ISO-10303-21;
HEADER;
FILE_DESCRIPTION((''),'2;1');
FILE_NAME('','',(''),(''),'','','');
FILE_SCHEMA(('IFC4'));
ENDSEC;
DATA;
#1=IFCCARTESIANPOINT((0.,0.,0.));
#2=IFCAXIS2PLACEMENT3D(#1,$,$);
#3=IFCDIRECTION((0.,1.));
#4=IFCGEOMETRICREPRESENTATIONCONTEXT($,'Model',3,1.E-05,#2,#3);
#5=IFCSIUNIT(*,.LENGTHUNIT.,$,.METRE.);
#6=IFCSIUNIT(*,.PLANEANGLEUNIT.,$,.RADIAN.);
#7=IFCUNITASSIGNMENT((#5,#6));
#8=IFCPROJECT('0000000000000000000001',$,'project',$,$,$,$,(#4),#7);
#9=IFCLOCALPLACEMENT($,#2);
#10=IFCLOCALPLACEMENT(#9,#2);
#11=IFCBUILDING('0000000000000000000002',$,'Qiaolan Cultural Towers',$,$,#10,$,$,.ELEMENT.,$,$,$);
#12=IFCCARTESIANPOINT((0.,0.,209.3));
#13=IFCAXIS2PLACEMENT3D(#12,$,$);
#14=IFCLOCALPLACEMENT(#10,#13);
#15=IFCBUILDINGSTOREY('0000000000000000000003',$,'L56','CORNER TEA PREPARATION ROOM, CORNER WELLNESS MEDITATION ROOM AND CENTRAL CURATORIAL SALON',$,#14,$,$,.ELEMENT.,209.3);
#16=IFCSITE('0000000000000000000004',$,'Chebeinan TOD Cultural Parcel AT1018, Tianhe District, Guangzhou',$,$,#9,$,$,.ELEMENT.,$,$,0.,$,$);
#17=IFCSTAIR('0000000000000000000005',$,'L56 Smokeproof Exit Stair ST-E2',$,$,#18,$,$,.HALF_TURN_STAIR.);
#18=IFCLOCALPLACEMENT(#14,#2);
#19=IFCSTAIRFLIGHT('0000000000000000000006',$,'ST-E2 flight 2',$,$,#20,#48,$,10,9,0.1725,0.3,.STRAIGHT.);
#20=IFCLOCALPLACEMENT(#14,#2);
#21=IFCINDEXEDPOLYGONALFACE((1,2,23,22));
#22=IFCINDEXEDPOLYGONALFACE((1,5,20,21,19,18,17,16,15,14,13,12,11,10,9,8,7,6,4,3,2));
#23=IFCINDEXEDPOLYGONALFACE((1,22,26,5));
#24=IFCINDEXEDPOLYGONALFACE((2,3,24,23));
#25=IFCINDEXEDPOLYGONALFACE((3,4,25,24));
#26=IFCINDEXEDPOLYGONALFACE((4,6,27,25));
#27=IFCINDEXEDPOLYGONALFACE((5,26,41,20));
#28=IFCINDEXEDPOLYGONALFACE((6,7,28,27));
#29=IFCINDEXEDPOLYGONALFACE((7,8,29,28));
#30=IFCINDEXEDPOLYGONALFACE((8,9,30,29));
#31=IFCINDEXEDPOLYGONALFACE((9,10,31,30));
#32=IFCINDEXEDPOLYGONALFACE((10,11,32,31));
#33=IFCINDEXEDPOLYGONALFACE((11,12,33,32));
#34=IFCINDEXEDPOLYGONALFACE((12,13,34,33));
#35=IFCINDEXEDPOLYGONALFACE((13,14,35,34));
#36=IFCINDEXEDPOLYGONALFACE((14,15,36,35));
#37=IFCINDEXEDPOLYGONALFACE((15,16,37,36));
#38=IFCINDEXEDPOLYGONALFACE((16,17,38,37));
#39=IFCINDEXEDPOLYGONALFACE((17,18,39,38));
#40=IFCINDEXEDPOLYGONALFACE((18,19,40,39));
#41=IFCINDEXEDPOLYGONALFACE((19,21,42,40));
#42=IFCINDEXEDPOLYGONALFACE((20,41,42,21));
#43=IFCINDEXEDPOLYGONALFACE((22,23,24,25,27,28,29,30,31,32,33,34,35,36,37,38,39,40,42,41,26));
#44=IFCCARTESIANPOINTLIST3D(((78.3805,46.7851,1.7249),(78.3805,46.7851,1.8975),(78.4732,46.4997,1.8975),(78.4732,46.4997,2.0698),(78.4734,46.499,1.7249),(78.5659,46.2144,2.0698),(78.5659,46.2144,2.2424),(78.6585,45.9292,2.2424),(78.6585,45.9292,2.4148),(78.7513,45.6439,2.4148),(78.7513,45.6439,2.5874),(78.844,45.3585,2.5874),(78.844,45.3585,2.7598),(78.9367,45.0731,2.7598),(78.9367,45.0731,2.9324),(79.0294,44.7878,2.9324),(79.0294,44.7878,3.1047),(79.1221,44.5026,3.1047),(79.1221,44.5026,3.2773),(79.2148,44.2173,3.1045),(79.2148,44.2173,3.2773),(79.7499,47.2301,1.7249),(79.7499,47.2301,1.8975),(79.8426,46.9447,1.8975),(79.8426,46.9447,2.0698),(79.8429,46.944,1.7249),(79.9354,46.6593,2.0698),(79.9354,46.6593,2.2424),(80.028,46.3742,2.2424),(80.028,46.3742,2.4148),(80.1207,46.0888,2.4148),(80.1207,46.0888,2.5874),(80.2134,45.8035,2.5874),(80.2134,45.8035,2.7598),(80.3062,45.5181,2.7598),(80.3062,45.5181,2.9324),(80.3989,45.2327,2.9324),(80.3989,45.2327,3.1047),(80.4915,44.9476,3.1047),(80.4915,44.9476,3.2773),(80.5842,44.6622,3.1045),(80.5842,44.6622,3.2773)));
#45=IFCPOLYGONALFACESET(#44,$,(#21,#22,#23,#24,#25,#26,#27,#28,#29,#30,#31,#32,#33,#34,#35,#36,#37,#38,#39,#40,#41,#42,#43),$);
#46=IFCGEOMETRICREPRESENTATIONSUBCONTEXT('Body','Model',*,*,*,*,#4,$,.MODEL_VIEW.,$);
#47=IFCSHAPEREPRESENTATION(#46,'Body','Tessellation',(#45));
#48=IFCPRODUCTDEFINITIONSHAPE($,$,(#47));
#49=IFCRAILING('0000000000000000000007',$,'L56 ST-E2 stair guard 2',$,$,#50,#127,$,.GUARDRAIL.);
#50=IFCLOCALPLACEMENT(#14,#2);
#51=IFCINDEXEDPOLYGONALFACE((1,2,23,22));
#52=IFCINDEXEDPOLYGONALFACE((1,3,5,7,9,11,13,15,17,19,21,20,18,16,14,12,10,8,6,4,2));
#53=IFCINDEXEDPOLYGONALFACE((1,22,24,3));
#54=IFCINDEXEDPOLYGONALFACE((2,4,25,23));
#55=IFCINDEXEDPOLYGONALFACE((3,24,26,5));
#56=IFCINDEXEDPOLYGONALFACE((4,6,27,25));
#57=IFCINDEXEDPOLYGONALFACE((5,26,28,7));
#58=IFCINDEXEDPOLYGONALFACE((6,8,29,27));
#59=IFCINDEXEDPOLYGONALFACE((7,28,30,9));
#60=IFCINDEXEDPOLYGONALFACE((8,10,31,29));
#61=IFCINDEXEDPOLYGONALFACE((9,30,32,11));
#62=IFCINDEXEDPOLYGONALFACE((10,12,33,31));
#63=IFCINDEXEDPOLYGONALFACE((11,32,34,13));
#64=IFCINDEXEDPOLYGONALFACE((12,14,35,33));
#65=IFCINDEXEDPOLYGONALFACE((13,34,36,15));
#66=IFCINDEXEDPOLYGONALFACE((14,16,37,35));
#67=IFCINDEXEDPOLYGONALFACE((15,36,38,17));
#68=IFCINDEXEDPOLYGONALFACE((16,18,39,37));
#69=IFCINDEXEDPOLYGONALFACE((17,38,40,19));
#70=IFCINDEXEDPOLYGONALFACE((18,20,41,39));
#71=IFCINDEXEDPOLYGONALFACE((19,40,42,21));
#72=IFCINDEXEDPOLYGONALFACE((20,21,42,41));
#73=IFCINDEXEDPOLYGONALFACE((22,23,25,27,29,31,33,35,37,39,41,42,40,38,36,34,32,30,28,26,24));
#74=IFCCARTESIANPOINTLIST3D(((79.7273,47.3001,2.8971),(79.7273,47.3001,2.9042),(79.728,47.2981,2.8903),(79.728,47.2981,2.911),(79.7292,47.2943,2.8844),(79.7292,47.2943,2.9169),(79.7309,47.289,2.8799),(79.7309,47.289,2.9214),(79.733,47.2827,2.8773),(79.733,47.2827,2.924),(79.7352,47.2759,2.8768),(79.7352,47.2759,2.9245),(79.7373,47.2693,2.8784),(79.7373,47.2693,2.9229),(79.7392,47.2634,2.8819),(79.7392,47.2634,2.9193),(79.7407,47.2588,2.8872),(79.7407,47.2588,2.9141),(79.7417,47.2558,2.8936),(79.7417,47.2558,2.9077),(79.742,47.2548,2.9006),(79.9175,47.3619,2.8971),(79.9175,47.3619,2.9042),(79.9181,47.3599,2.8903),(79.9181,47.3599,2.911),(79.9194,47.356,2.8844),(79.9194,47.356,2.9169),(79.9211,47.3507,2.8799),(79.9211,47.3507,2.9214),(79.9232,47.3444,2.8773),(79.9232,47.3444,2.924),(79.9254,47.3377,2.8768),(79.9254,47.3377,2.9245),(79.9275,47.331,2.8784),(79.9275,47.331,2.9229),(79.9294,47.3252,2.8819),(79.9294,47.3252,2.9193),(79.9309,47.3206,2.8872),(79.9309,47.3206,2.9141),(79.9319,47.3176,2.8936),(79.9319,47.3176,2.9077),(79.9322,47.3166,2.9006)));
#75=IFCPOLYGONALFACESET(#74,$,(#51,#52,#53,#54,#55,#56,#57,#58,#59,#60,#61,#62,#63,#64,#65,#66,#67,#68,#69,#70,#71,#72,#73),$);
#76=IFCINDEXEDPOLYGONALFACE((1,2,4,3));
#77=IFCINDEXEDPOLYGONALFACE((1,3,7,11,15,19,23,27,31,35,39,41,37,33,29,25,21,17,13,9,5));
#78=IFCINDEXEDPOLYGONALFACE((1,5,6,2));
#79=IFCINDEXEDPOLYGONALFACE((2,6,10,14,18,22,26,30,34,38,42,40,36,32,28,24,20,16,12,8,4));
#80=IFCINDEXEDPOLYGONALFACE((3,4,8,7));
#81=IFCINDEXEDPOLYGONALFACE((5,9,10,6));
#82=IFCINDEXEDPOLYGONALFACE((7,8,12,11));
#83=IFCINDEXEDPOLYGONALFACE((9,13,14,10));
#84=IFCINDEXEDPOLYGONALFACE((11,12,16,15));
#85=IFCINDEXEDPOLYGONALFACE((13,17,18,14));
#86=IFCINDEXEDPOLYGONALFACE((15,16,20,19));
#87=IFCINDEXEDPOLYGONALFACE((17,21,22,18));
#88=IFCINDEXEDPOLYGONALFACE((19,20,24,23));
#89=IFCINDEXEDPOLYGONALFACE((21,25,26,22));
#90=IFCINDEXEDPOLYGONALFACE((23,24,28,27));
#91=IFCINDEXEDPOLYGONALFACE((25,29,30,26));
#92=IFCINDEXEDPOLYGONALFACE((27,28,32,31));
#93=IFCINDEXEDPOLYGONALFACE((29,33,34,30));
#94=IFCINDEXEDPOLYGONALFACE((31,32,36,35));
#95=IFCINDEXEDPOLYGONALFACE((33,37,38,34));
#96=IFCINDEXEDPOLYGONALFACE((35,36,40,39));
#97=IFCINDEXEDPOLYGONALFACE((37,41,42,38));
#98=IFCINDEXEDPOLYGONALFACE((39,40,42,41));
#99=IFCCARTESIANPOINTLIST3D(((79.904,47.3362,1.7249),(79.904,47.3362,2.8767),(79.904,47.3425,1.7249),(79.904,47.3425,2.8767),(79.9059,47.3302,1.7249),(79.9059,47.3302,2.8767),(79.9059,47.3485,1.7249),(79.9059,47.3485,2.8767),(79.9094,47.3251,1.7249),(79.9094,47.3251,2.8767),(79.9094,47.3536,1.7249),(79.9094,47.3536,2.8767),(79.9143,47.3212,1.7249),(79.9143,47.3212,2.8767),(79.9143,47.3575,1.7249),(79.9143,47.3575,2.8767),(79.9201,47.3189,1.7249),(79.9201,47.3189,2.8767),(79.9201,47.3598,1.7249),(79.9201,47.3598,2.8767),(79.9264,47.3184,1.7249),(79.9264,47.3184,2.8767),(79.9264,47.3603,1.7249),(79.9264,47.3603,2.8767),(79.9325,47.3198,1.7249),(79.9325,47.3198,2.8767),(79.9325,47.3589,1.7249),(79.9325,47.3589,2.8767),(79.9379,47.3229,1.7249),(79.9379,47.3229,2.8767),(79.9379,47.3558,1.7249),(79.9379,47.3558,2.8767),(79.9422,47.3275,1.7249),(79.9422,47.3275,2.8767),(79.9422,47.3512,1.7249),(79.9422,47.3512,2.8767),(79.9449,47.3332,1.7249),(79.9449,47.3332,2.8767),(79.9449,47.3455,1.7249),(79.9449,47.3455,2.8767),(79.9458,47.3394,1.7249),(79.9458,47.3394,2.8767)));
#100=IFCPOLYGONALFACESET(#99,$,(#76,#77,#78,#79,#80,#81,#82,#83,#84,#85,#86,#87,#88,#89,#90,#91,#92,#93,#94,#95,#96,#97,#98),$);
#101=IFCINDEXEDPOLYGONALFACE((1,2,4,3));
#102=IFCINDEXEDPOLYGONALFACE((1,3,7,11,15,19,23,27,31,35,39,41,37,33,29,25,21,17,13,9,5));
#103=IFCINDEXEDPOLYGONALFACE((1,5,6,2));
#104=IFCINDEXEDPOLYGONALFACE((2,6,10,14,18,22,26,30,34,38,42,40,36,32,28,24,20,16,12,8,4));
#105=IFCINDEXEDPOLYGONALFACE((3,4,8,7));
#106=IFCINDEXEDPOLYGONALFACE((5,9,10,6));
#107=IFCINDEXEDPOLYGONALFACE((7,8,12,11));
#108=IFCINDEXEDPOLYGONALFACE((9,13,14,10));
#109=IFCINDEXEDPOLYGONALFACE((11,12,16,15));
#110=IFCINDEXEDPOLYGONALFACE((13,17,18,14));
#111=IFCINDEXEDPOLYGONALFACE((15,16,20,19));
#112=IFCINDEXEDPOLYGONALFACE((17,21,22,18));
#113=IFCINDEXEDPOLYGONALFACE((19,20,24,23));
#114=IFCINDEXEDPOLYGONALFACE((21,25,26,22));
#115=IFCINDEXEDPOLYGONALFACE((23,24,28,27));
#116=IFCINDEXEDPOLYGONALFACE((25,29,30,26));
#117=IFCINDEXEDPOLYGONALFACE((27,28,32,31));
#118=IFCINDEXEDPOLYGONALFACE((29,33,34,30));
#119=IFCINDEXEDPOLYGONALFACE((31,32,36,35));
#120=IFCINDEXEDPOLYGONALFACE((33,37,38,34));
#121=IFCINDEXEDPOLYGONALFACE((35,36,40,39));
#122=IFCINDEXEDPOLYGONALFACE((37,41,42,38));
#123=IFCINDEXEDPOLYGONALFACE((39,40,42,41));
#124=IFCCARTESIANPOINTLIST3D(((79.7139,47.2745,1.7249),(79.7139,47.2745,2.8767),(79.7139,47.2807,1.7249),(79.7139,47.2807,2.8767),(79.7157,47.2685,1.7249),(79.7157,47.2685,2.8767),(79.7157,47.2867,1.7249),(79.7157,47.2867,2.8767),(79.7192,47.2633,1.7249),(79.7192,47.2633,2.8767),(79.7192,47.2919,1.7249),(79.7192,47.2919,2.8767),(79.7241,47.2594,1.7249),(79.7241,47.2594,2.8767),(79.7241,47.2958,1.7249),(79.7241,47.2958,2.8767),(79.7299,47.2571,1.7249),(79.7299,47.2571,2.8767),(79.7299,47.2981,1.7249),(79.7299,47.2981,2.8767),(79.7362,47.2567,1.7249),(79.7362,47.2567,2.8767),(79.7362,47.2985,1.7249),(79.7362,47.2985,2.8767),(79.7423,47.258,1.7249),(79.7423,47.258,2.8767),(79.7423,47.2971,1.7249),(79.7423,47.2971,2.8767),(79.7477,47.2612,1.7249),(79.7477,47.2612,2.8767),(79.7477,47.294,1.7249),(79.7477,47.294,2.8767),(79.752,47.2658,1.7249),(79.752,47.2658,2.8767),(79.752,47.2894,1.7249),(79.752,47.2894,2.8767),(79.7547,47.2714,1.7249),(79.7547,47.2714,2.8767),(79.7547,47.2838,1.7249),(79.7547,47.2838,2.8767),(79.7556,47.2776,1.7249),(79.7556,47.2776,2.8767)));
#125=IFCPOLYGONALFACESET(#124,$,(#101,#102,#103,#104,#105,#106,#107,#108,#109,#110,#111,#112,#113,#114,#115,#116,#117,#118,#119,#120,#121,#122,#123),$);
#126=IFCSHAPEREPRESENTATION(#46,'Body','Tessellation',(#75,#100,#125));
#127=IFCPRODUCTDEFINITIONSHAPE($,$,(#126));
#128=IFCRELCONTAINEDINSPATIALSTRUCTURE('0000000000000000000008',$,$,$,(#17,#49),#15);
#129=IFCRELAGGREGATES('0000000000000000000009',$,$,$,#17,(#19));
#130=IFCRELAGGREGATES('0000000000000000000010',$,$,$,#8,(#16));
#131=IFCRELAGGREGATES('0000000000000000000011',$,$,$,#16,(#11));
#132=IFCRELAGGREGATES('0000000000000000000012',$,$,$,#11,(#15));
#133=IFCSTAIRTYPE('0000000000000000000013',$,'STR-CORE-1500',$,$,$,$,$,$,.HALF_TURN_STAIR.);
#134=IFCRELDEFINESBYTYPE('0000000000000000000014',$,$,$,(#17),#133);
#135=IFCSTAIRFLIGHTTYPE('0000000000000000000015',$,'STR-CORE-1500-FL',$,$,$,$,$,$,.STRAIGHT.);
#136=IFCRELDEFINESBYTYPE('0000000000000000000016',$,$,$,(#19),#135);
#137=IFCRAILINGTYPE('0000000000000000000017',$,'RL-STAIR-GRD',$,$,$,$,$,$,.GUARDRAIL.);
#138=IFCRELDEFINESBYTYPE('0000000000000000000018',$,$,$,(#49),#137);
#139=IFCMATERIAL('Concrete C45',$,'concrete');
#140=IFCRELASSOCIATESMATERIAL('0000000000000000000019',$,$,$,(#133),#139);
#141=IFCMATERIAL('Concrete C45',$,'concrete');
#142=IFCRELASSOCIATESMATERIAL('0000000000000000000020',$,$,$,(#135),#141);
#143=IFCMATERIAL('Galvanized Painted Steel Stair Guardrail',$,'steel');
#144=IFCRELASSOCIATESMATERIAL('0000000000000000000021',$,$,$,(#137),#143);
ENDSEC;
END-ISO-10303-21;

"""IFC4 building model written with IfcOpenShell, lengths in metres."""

from ifc_helpers import new_model, si_unit, direction, frame, origin, origin_2d, place, context, subcontext, project, spatial, polyline, circle, outline, extrude, material, type_object, element, aggregate, save


model = new_model("IFC4")

# Units and contexts
model_context = context("Model", 3, precision=1e-05, world=origin(), true_north=direction((0.0, 1.0)))
body_context = subcontext(model_context, "Body", "Model", "MODEL_VIEW")
ifc_project = project(units=[si_unit("LENGTHUNIT", "METRE"), si_unit("PLANEANGLEUNIT", "RADIAN")], contexts=[model_context])

# Site, building, storey
site_placement = place(None, origin())
site = spatial("IfcSite", under=ifc_project, at=site_placement, Name="Chebeinan TOD Cultural Parcel AT1018, Tianhe District, Guangzhou", CompositionType="ELEMENT", RefElevation=0.0)
building_placement = place(site_placement, origin())
building = spatial("IfcBuilding", under=site, at=building_placement, Name="Qiaolan Cultural Towers", CompositionType="ELEMENT")
storey_placement = place(building_placement, frame((0.0, 0.0, 209.3)))
storey = spatial("IfcBuildingStorey", under=building, at=storey_placement, Name="L56", Description="CORNER TEA PREPARATION ROOM, CORNER WELLNESS MEDITATION ROOM AND CENTRAL CURATORIAL SALON", CompositionType="ELEMENT", Elevation=209.3)

# Stair, stair flight
ifc_material_1 = material(Name="Concrete C45", Category="concrete")
stair_type = type_object("IfcStairType", Name="STR-CORE-1500", PredefinedType="HALF_TURN_STAIR", material=ifc_material_1)
stair_placement = place(storey_placement, origin())
stair = element("IfcStair", 1, at=stair_placement, inside=storey, type_object=stair_type, Name="L56 Smokeproof Exit Stair ST-E2", PredefinedType="HALF_TURN_STAIR")
ifc_material_2 = material(Name="Concrete C45", Category="concrete")
stair_flight_type = type_object("IfcStairFlightType", Name="STR-CORE-1500-FL", PredefinedType="STRAIGHT", material=ifc_material_2)
stair_flight_placement = place(storey_placement, frame((79.0652, 47.0076, 1.7249), z_axis=(0.0, 0.0, 1.0), x_axis=(0.309017, -0.951057, 0.0)))
stair_flight = element("IfcStairFlight", 2, at=stair_flight_placement, type_object=stair_flight_type, Name="ST-E2 flight 2", NumberOfRisers=10, NumberOfTreads=9, PredefinedType="STRAIGHT", RiserHeight=0.1725, TreadLength=0.3, context=body_context, shape_type="SweptSolid", body=[
    extrude(outline(polyline([(0.0, 0.0), (0.0, 0.1726), (0.3, 0.1726), (0.3, 0.345), (0.6001, 0.345), (0.6001, 0.5176), (0.8999, 0.5176), (0.8999, 0.6899), (1.2, 0.6899), (1.2, 0.8625), (1.5, 0.8625), (1.5, 1.0349), (1.8, 1.0349), (1.8, 1.2075), (2.1001, 1.2075), (2.1001, 1.3799), (2.3999, 1.3799), (2.3999, 1.5525), (2.7, 1.5525), (2.7, 1.7251), (2.7, 1.3796), (0.3008, 0.0), (0.0, 0.0)])), frame((0.0, 0.72, 0.0), z_axis=(0.0, -1.0, 0.0), x_axis=(1.0, 0.0, 0.0)), (0.0, 0.0, 1.0), 1.4399),
])
aggregate(stair, [stair_flight])

# Railing
ifc_material_3 = material(Name="Galvanized Painted Steel Stair Guardrail", Category="steel")
railing_type_1 = type_object("IfcRailingType", Name="RL-STAIR-GRD", PredefinedType="GUARDRAIL", material=ifc_material_3)
railing_1_placement = place(storey_placement, frame((79.9248, 47.3394, 1.7249)))
element("IfcRailing", 3, at=railing_1_placement, inside=storey, type_object=railing_type_1, Name="L56 ST-E2 stair guard 2", PredefinedType="GUARDRAIL", context=body_context, shape_type="SweptSolid", body=[
    extrude(circle(Radius=0.0239, at=origin_2d()), frame((0.0, 0.0, 1.1758), z_axis=(-0.951097, -0.308893, 0.0), x_axis=(0.308893, -0.951097, 0.0)), (0.0, 0.0, 1.0), 0.2),
    extrude(circle(Radius=0.021, at=origin_2d()), origin(), (0.0, 0.0, 1.0), 1.1519),
    extrude(circle(Radius=0.021, at=origin_2d()), frame((-0.1902, -0.0618, 0.0)), (0.0, 0.0, 1.0), 1.1519),
])

save(model, "model.ifc")
